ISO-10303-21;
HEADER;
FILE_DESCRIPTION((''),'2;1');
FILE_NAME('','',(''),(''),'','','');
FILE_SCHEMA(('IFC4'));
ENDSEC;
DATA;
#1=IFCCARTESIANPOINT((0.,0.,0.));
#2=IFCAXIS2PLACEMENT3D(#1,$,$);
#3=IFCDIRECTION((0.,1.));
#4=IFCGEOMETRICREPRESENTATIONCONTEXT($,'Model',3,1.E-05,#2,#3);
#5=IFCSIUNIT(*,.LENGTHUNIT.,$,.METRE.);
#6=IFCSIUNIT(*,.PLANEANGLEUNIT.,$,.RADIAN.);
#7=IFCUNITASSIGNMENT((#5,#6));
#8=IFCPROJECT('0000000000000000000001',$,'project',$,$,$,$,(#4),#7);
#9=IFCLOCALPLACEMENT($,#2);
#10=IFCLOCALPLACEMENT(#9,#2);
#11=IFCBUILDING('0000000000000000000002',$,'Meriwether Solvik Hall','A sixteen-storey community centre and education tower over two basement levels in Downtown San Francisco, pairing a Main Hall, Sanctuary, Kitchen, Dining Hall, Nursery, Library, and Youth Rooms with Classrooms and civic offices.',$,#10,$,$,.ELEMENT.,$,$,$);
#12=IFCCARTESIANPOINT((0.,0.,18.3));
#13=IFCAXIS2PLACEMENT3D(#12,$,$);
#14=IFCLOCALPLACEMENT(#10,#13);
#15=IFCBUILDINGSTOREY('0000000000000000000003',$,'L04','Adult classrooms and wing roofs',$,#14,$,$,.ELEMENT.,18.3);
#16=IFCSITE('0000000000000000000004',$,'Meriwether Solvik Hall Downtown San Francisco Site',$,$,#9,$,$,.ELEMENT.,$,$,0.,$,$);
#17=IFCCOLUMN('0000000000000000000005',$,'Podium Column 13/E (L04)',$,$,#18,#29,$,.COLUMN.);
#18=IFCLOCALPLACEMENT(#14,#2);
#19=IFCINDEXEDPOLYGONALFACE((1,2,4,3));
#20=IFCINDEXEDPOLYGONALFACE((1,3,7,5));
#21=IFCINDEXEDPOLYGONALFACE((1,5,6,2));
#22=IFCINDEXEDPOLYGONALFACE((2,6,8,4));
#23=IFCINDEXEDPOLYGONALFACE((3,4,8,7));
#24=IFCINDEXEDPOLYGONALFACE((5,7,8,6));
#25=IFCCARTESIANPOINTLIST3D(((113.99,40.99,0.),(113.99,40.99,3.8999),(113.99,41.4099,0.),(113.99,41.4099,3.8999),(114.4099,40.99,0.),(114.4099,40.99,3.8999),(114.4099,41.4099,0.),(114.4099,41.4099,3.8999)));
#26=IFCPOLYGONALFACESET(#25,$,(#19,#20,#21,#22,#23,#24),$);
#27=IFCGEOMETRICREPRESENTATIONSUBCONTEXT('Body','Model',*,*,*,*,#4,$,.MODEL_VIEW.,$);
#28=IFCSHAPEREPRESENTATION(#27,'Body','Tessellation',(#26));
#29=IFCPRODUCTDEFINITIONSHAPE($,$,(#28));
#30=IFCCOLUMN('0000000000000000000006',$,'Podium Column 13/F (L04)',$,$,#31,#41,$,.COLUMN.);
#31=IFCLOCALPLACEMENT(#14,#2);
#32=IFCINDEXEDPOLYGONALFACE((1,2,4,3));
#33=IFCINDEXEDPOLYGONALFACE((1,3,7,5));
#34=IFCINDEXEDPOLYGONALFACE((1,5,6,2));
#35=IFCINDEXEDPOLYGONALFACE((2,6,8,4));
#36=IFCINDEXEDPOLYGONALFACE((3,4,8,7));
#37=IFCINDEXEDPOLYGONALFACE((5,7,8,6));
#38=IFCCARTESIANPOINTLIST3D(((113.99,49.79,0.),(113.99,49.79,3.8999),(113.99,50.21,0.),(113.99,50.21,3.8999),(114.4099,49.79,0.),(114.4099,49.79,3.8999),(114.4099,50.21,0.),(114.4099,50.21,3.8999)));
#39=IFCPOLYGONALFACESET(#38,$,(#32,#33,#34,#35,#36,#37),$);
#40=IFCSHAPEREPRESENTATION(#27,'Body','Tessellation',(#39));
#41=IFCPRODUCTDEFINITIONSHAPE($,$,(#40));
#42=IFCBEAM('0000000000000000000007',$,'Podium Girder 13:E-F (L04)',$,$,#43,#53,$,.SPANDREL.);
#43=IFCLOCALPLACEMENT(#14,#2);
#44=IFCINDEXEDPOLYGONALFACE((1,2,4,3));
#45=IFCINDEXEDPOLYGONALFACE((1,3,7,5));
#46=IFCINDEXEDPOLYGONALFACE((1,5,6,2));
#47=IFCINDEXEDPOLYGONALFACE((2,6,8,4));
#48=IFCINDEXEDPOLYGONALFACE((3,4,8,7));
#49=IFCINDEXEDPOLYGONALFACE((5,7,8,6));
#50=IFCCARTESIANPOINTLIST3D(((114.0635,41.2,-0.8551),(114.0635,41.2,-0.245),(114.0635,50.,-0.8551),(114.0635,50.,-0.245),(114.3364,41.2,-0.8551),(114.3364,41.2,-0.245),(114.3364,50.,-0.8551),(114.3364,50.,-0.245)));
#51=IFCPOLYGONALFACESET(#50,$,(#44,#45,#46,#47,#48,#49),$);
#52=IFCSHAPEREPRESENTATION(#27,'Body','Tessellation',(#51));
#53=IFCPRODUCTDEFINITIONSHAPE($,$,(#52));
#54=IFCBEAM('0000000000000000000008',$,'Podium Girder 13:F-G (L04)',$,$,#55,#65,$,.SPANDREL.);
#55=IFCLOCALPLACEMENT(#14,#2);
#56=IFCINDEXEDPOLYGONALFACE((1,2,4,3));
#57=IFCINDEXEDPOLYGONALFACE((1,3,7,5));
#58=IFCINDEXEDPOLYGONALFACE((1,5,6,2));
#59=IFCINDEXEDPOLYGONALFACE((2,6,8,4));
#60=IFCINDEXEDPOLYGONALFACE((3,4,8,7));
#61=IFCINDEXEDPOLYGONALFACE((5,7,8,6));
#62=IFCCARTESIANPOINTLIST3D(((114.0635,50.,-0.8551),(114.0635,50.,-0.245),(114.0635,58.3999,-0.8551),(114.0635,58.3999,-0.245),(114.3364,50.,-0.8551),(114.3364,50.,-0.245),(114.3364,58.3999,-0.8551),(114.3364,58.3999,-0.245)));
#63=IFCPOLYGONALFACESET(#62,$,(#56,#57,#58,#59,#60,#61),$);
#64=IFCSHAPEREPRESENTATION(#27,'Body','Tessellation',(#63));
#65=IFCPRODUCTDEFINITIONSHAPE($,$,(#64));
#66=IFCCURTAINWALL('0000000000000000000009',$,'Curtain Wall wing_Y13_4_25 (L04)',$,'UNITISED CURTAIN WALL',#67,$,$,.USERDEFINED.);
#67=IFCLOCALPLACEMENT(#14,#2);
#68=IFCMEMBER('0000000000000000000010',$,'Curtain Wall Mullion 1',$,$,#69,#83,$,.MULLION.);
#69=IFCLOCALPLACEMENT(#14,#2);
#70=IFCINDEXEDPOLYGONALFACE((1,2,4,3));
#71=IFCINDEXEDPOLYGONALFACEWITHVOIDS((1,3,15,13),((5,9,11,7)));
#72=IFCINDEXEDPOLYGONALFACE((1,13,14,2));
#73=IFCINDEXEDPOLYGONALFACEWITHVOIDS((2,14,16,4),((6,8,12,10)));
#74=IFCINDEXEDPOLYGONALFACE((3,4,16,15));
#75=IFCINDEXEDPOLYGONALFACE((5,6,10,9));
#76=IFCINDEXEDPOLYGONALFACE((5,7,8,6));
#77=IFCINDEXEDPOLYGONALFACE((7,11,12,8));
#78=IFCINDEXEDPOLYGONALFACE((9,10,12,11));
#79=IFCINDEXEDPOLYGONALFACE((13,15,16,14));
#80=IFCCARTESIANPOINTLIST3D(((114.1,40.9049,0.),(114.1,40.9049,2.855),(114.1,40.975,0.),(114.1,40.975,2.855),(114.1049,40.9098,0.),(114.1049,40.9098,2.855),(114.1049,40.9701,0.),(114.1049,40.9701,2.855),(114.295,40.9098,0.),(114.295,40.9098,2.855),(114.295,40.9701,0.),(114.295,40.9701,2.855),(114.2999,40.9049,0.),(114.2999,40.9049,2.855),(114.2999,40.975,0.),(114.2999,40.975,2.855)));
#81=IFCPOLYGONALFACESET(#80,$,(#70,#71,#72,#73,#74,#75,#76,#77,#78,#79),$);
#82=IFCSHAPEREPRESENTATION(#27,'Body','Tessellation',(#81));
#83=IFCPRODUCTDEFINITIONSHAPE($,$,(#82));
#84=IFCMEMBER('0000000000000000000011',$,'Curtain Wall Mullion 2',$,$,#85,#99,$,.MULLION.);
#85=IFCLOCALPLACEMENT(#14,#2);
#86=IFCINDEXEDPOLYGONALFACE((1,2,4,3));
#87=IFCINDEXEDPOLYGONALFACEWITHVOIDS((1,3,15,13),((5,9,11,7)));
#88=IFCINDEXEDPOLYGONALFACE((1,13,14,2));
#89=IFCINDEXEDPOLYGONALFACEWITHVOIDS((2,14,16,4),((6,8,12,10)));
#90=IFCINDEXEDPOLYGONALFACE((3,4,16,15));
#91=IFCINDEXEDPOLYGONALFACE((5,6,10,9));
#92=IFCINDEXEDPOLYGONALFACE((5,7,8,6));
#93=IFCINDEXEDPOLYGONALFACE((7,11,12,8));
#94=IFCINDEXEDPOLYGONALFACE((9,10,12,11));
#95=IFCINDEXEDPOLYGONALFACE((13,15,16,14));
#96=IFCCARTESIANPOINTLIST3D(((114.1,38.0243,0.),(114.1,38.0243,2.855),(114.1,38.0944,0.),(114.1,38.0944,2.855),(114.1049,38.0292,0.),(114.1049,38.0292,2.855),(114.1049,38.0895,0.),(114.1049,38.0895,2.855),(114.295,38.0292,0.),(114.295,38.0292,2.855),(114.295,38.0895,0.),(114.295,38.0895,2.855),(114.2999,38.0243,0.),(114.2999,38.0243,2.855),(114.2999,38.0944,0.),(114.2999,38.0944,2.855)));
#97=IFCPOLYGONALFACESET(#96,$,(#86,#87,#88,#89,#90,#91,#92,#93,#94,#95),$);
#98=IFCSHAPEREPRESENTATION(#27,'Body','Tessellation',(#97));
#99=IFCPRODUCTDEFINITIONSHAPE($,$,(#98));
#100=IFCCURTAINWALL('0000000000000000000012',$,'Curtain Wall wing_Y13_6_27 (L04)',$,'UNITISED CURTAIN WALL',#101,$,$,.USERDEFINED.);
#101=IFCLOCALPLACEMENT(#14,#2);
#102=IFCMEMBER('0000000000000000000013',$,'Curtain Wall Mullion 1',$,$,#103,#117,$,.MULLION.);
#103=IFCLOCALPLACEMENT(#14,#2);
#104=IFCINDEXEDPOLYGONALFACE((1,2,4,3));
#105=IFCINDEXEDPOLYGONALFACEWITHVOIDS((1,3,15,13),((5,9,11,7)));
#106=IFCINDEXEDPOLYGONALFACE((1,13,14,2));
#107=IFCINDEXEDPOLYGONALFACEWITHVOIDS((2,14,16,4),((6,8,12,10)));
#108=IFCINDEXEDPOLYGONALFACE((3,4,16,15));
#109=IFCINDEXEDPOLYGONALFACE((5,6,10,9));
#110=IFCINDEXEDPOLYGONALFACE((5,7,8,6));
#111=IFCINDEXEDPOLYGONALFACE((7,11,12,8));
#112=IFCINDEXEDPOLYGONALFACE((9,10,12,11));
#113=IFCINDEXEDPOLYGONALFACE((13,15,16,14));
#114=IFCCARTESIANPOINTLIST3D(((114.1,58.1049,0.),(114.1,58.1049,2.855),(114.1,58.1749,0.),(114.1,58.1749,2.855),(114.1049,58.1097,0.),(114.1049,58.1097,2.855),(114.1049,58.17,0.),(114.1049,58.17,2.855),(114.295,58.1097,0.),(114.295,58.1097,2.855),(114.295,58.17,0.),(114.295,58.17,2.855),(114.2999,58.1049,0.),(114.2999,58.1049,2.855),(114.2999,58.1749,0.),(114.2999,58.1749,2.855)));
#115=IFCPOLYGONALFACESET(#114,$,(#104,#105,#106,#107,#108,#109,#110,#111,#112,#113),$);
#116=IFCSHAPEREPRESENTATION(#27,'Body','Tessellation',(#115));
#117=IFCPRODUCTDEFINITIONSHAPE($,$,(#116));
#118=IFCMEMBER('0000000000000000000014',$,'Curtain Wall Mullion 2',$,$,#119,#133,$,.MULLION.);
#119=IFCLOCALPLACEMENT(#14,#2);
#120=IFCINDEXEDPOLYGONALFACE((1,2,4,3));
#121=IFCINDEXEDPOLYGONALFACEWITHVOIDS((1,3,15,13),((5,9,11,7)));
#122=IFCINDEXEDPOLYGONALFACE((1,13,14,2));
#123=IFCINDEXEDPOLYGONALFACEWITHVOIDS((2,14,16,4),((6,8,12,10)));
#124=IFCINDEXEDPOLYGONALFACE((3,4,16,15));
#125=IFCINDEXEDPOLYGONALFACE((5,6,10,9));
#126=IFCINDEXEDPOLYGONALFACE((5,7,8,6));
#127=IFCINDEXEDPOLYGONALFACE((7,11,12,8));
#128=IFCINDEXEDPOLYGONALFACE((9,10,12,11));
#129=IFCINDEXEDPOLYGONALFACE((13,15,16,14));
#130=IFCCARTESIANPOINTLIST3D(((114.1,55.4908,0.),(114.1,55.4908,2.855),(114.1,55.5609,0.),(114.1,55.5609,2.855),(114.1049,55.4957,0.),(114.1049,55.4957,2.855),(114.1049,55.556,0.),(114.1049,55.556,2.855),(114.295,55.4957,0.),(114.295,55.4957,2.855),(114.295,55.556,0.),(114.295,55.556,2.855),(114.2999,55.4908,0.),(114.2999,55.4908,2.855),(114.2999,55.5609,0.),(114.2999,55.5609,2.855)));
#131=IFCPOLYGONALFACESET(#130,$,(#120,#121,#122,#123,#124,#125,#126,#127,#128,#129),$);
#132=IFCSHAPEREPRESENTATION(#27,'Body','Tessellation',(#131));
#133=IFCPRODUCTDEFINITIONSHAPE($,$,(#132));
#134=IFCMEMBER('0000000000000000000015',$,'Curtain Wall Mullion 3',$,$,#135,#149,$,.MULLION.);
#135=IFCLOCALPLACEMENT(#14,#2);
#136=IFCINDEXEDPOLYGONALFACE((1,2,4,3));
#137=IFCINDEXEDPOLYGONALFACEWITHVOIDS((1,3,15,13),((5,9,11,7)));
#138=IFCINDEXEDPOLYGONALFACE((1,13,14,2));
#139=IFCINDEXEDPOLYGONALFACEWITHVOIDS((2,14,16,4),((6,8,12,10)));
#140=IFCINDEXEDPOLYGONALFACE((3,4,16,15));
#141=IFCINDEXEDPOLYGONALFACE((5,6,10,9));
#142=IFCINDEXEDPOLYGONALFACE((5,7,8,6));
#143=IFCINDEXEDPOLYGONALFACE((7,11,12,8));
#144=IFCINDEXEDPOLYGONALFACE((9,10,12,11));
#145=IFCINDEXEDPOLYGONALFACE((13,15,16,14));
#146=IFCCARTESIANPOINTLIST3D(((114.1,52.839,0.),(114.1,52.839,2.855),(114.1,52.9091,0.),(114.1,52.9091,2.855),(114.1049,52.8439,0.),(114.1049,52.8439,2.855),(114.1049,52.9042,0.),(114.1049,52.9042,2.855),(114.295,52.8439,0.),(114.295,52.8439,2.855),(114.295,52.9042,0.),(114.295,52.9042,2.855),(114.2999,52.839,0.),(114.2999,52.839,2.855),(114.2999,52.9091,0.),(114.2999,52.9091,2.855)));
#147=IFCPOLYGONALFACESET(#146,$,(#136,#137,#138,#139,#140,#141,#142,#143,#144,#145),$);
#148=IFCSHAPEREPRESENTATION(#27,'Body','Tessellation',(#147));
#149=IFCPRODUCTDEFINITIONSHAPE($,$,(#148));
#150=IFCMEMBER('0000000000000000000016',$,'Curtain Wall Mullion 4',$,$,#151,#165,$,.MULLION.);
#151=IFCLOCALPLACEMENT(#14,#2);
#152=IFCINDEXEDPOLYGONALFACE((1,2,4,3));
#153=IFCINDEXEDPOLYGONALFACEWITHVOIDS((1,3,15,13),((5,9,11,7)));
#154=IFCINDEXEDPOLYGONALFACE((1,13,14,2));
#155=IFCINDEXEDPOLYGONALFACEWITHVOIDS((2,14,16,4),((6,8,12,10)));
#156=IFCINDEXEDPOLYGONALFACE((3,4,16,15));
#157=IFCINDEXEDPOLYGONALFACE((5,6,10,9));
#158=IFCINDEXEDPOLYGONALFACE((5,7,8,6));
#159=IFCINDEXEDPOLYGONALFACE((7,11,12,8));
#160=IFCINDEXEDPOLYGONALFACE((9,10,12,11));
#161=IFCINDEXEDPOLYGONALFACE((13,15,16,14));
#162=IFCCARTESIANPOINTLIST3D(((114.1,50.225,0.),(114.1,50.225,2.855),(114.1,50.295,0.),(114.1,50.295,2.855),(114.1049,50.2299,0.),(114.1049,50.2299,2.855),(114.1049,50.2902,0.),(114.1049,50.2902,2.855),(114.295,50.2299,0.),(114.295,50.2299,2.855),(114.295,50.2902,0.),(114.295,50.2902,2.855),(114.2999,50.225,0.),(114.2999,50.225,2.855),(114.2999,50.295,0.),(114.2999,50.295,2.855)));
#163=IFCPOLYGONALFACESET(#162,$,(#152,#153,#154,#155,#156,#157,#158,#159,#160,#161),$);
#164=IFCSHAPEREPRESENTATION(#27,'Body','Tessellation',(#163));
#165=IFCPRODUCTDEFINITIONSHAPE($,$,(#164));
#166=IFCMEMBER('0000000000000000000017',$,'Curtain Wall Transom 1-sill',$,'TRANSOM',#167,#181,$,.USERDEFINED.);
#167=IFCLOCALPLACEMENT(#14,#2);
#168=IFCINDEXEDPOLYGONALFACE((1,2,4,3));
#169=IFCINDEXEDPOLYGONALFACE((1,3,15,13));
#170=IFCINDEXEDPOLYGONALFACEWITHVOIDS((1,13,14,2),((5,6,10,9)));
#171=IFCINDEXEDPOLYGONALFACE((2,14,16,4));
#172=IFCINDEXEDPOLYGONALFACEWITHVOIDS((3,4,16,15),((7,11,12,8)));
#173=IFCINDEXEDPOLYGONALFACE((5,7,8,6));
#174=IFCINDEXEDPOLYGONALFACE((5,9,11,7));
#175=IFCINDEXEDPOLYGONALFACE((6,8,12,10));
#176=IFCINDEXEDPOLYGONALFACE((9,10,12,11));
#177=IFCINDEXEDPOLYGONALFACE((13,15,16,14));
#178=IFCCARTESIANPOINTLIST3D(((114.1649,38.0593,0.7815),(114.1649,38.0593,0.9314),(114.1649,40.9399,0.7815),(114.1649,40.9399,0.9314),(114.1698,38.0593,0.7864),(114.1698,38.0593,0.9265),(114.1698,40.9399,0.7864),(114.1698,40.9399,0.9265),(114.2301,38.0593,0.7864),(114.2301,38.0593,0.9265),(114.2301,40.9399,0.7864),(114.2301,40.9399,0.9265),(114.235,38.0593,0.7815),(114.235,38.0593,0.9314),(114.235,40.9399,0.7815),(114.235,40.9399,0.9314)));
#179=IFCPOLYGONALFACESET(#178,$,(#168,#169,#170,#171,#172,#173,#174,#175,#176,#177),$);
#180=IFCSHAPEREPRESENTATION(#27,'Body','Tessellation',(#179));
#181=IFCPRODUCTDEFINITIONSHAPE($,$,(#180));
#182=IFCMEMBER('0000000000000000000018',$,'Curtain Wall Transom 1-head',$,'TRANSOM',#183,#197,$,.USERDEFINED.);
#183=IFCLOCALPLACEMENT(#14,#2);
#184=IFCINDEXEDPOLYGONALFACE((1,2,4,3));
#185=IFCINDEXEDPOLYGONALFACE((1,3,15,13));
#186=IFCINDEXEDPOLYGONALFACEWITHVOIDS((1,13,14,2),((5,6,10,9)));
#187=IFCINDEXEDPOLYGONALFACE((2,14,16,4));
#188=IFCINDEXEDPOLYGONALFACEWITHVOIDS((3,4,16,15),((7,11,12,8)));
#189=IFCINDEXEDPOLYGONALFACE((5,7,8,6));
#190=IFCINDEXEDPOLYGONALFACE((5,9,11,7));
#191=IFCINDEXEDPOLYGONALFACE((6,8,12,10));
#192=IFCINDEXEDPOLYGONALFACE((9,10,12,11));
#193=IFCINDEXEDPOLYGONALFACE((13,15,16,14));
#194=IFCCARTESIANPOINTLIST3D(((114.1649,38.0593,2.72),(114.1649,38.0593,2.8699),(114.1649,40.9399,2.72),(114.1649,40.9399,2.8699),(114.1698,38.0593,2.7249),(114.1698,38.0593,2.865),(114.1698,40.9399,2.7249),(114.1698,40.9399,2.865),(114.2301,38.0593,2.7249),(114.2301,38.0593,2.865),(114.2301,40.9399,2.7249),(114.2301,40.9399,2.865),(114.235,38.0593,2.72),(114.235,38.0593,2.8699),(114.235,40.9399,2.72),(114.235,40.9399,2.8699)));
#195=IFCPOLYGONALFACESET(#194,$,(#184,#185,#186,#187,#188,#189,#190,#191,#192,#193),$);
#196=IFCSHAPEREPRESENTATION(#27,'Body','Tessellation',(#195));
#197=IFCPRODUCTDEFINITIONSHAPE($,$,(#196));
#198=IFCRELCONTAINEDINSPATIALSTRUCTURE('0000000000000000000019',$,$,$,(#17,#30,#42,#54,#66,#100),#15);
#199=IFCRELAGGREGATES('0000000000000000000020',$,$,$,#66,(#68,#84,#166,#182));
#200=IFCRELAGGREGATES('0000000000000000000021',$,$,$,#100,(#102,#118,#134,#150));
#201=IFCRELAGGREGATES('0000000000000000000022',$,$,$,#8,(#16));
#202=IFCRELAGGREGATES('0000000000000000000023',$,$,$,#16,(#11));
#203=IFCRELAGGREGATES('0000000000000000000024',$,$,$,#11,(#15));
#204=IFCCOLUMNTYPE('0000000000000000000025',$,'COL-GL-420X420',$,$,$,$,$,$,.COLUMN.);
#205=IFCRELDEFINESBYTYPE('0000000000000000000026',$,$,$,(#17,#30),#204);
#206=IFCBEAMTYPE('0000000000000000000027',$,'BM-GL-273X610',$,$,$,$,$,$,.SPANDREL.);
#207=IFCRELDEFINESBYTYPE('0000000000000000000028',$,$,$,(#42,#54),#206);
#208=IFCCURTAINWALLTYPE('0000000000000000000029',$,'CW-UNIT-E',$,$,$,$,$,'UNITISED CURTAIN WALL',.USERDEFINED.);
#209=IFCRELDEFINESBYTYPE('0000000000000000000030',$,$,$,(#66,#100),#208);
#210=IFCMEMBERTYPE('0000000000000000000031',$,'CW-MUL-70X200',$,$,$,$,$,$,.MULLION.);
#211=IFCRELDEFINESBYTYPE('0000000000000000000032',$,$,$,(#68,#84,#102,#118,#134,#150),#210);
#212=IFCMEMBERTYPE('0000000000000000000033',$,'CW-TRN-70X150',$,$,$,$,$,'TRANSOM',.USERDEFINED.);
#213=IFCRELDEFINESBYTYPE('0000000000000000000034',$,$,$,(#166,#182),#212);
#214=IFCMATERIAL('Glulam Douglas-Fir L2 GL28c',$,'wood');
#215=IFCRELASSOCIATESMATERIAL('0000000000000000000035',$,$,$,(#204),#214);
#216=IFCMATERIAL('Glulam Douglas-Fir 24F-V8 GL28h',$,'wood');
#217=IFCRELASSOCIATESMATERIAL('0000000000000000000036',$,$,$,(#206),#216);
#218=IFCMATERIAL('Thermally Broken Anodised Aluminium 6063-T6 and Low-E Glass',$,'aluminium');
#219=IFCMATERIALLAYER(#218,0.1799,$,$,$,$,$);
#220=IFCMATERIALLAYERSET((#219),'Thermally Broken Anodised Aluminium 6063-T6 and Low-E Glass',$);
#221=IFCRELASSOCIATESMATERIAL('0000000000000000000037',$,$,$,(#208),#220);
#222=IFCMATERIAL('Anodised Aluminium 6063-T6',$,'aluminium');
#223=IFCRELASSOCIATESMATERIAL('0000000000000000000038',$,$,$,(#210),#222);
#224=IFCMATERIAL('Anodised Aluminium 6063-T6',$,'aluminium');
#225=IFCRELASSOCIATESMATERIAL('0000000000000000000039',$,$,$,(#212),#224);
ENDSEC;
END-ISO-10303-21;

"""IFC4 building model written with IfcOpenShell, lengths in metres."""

from ifc_helpers import new_model, si_unit, direction, frame, origin, origin_2d, place, context, subcontext, project, spatial, rectangle, hollow_rectangle, extrude, material, layer, layer_set, material_profile, profile_set, type_object, element, aggregate, save


model = new_model("IFC4")

# Units and contexts
model_context = context("Model", 3, precision=1e-05, world=origin(), true_north=direction((0.0, 1.0)))
body_context = subcontext(model_context, "Body", "Model", "MODEL_VIEW")
ifc_project = project(units=[si_unit("LENGTHUNIT", "METRE"), si_unit("PLANEANGLEUNIT", "RADIAN")], contexts=[model_context])

# Site, building, storey
site_placement = place(None, origin())
site = spatial("IfcSite", under=ifc_project, at=site_placement, Name="Meriwether Solvik Hall Downtown San Francisco Site", CompositionType="ELEMENT", RefElevation=0.0)
building_placement = place(site_placement, origin())
building = spatial("IfcBuilding", under=site, at=building_placement, Name="Meriwether Solvik Hall", Description="A sixteen-storey community centre and education tower over two basement levels in Downtown San Francisco, pairing a Main Hall, Sanctuary, Kitchen, Dining Hall, Nursery, Library, and Youth Rooms with Classrooms and civic offices.", CompositionType="ELEMENT")
storey_placement = place(building_placement, frame((0.0, 0.0, 18.3)))
storey = spatial("IfcBuildingStorey", under=building, at=storey_placement, Name="L04", Description="Adult classrooms and wing roofs", CompositionType="ELEMENT", Elevation=18.3)

# Columns
ifc_material_1 = material(Name="Glulam Douglas-Fir L2 GL28c", Category="wood")
ifc_material_profile_1 = material_profile(ifc_material_1, rectangle(XDim=0.4199, YDim=0.4199, at=origin_2d()), Name="GLC-420X420")
ifc_profile_set_1 = profile_set([ifc_material_profile_1], Name="Glulam Douglas-Fir L2 GL28c")
column_type = type_object("IfcColumnType", Name="COL-GL-420X420", PredefinedType="COLUMN", material=ifc_profile_set_1)
for number, where, z_axis, x_axis, name in (
    (1, (114.2, 41.2, 0.0), (0.0, 0.0, 1.0), (1.0, 0.0, 0.0), "Podium Column 13/E (L04)"),
    (2, (114.2, 50.0, 0.0), (0.0, 0.0, 1.0), (1.0, 0.0, 0.0), "Podium Column 13/F (L04)"),
):
    element("IfcColumn", number, at=place(storey_placement, frame(where, z_axis=z_axis, x_axis=x_axis)), inside=storey, type_object=column_type, Name=name, PredefinedType="COLUMN", context=body_context, shape_type="SweptSolid", body=[
        extrude(rectangle(XDim=0.4199, YDim=0.4199, at=origin_2d()), origin(), (0.0, 0.0, 1.0), 3.8999),
    ])

# Beams
ifc_material_2 = material(Name="Glulam Douglas-Fir 24F-V8 GL28h", Category="wood")
ifc_material_profile_2 = material_profile(ifc_material_2, rectangle(XDim=0.2729, YDim=0.6101, at=origin_2d()), Name="GLB-273X610")
ifc_profile_set_2 = profile_set([ifc_material_profile_2], Name="Glulam Douglas-Fir 24F-V8 GL28h")
beam_type = type_object("IfcBeamType", Name="BM-GL-273X610", PredefinedType="SPANDREL", material=ifc_profile_set_2)
beam_1_placement = place(storey_placement, frame((114.2, 41.2, -0.55), z_axis=(0.0, 1.0, 0.0), x_axis=(-1.0, 0.0, 0.0)))
element("IfcBeam", 3, at=beam_1_placement, inside=storey, type_object=beam_type, Name="Podium Girder 13:E-F (L04)", PredefinedType="SPANDREL", context=body_context, shape_type="SweptSolid", body=[
    extrude(rectangle(XDim=0.2729, YDim=0.6101, at=origin_2d()), origin(), (0.0, 0.0, 1.0), 8.8),
])
beam_2_placement = place(storey_placement, frame((114.2, 50.0, -0.55), z_axis=(0.0, 1.0, 0.0), x_axis=(-1.0, 0.0, 0.0)))
element("IfcBeam", 4, at=beam_2_placement, inside=storey, type_object=beam_type, Name="Podium Girder 13:F-G (L04)", PredefinedType="SPANDREL", context=body_context, shape_type="SweptSolid", body=[
    extrude(rectangle(XDim=0.2729, YDim=0.6101, at=origin_2d()), origin(), (0.0, 0.0, 1.0), 8.3999),
])

# Curtain walls, members
ifc_material_3 = material(Name="Thermally Broken Anodised Aluminium 6063-T6 and Low-E Glass", Category="aluminium")
ifc_layer_1 = layer(ifc_material_3, 0.1799)
ifc_layer_set_1 = layer_set([ifc_layer_1], Name="Thermally Broken Anodised Aluminium 6063-T6 and Low-E Glass")
curtain_wall_type = type_object("IfcCurtainWallType", Name="CW-UNIT-E", ElementType="UNITISED CURTAIN WALL", PredefinedType="USERDEFINED", material=ifc_layer_set_1)
curtain_wall_1_placement = place(storey_placement, origin())
curtain_wall_1 = element("IfcCurtainWall", 5, at=curtain_wall_1_placement, inside=storey, type_object=curtain_wall_type, Name="Curtain Wall wing_Y13_4_25 (L04)", ObjectType="UNITISED CURTAIN WALL", PredefinedType="USERDEFINED")
ifc_material_4 = material(Name="Anodised Aluminium 6063-T6", Category="aluminium")
ifc_material_profile_3 = material_profile(ifc_material_4, hollow_rectangle(XDim=0.0701, YDim=0.2, WallThickness=0.0049, at=origin_2d()), Name="CWM-70X200")
ifc_profile_set_3 = profile_set([ifc_material_profile_3], Name="Anodised Aluminium 6063-T6")
member_type_1 = type_object("IfcMemberType", Name="CW-MUL-70X200", PredefinedType="MULLION", material=ifc_profile_set_3)
member_1_placement = place(storey_placement, frame((114.2, 40.9399, 0.0), z_axis=(0.0, 0.0, 1.0), x_axis=(0.0, -1.0, 0.0)))
member_1 = element("IfcMember", 6, at=member_1_placement, type_object=member_type_1, Name="Curtain Wall Mullion 1", PredefinedType="MULLION", context=body_context, shape_type="SweptSolid", body=[
    extrude(hollow_rectangle(XDim=0.0701, YDim=0.2, WallThickness=0.0049, at=origin_2d()), origin(), (0.0, 0.0, 1.0), 2.855),
])
member_2_placement = place(storey_placement, frame((114.2, 38.0593, 0.0), z_axis=(0.0, 0.0, 1.0), x_axis=(0.0, -1.0, 0.0)))
member_2 = element("IfcMember", 7, at=member_2_placement, type_object=member_type_1, Name="Curtain Wall Mullion 2", PredefinedType="MULLION", context=body_context, shape_type="SweptSolid", body=[
    extrude(hollow_rectangle(XDim=0.0701, YDim=0.2, WallThickness=0.0049, at=origin_2d()), origin(), (0.0, 0.0, 1.0), 2.855),
])
curtain_wall_2_placement = place(storey_placement, origin())
curtain_wall_2 = element("IfcCurtainWall", 8, at=curtain_wall_2_placement, inside=storey, type_object=curtain_wall_type, Name="Curtain Wall wing_Y13_6_27 (L04)", ObjectType="UNITISED CURTAIN WALL", PredefinedType="USERDEFINED")
member_3_placement = place(storey_placement, frame((114.2, 58.1399, 0.0), z_axis=(0.0, 0.0, 1.0), x_axis=(0.0, -1.0, 0.0)))
member_3 = element("IfcMember", 9, at=member_3_placement, type_object=member_type_1, Name="Curtain Wall Mullion 1", PredefinedType="MULLION", context=body_context, shape_type="SweptSolid", body=[
    extrude(hollow_rectangle(XDim=0.0701, YDim=0.2, WallThickness=0.0049, at=origin_2d()), origin(), (0.0, 0.0, 1.0), 2.855),
])
member_4_placement = place(storey_placement, frame((114.2, 55.5259, 0.0), z_axis=(0.0, 0.0, 1.0), x_axis=(0.0, -1.0, 0.0)))
member_4 = element("IfcMember", 10, at=member_4_placement, type_object=member_type_1, Name="Curtain Wall Mullion 2", PredefinedType="MULLION", context=body_context, shape_type="SweptSolid", body=[
    extrude(hollow_rectangle(XDim=0.0701, YDim=0.2, WallThickness=0.0049, at=origin_2d()), origin(), (0.0, 0.0, 1.0), 2.855),
])
member_5_placement = place(storey_placement, frame((114.2, 52.874, 0.0), z_axis=(0.0, 0.0, 1.0), x_axis=(0.0, -1.0, 0.0)))
member_5 = element("IfcMember", 11, at=member_5_placement, type_object=member_type_1, Name="Curtain Wall Mullion 3", PredefinedType="MULLION", context=body_context, shape_type="SweptSolid", body=[
    extrude(hollow_rectangle(XDim=0.0701, YDim=0.2, WallThickness=0.0049, at=origin_2d()), origin(), (0.0, 0.0, 1.0), 2.855),
])
member_6_placement = place(storey_placement, frame((114.2, 50.26, 0.0), z_axis=(0.0, 0.0, 1.0), x_axis=(0.0, -1.0, 0.0)))
member_6 = element("IfcMember", 12, at=member_6_placement, type_object=member_type_1, Name="Curtain Wall Mullion 4", PredefinedType="MULLION", context=body_context, shape_type="SweptSolid", body=[
    extrude(hollow_rectangle(XDim=0.0701, YDim=0.2, WallThickness=0.0049, at=origin_2d()), origin(), (0.0, 0.0, 1.0), 2.855),
])

# Members
ifc_material_5 = material(Name="Anodised Aluminium 6063-T6", Category="aluminium")
ifc_material_profile_4 = material_profile(ifc_material_5, hollow_rectangle(XDim=0.0701, YDim=0.1499, WallThickness=0.0049, at=origin_2d()), Name="CWT-70X150")
ifc_profile_set_4 = profile_set([ifc_material_profile_4], Name="Anodised Aluminium 6063-T6")
member_type_2 = type_object("IfcMemberType", Name="CW-TRN-70X150", ElementType="TRANSOM", PredefinedType="USERDEFINED", material=ifc_profile_set_4)
member_7_placement = place(storey_placement, frame((114.2, 40.9399, 0.8564), z_axis=(0.0, -1.0, 0.0), x_axis=(1.0, 0.0, 0.0)))
member_7 = element("IfcMember", 13, at=member_7_placement, type_object=member_type_2, Name="Curtain Wall Transom 1-sill", ObjectType="TRANSOM", PredefinedType="USERDEFINED", context=body_context, shape_type="SweptSolid", body=[
    extrude(hollow_rectangle(XDim=0.0701, YDim=0.1499, WallThickness=0.0049, at=origin_2d()), origin(), (0.0, 0.0, 1.0), 2.8806),
])
member_8_placement = place(storey_placement, frame((114.2, 40.9399, 2.7949), z_axis=(0.0, -1.0, 0.0), x_axis=(1.0, 0.0, 0.0)))
member_8 = element("IfcMember", 14, at=member_8_placement, type_object=member_type_2, Name="Curtain Wall Transom 1-head", ObjectType="TRANSOM", PredefinedType="USERDEFINED", context=body_context, shape_type="SweptSolid", body=[
    extrude(hollow_rectangle(XDim=0.0701, YDim=0.1499, WallThickness=0.0049, at=origin_2d()), origin(), (0.0, 0.0, 1.0), 2.8806),
])

aggregate(curtain_wall_1, [member_1, member_2, member_7, member_8])
aggregate(curtain_wall_2, [member_3, member_4, member_5, member_6])

save(model, "model.ifc")
